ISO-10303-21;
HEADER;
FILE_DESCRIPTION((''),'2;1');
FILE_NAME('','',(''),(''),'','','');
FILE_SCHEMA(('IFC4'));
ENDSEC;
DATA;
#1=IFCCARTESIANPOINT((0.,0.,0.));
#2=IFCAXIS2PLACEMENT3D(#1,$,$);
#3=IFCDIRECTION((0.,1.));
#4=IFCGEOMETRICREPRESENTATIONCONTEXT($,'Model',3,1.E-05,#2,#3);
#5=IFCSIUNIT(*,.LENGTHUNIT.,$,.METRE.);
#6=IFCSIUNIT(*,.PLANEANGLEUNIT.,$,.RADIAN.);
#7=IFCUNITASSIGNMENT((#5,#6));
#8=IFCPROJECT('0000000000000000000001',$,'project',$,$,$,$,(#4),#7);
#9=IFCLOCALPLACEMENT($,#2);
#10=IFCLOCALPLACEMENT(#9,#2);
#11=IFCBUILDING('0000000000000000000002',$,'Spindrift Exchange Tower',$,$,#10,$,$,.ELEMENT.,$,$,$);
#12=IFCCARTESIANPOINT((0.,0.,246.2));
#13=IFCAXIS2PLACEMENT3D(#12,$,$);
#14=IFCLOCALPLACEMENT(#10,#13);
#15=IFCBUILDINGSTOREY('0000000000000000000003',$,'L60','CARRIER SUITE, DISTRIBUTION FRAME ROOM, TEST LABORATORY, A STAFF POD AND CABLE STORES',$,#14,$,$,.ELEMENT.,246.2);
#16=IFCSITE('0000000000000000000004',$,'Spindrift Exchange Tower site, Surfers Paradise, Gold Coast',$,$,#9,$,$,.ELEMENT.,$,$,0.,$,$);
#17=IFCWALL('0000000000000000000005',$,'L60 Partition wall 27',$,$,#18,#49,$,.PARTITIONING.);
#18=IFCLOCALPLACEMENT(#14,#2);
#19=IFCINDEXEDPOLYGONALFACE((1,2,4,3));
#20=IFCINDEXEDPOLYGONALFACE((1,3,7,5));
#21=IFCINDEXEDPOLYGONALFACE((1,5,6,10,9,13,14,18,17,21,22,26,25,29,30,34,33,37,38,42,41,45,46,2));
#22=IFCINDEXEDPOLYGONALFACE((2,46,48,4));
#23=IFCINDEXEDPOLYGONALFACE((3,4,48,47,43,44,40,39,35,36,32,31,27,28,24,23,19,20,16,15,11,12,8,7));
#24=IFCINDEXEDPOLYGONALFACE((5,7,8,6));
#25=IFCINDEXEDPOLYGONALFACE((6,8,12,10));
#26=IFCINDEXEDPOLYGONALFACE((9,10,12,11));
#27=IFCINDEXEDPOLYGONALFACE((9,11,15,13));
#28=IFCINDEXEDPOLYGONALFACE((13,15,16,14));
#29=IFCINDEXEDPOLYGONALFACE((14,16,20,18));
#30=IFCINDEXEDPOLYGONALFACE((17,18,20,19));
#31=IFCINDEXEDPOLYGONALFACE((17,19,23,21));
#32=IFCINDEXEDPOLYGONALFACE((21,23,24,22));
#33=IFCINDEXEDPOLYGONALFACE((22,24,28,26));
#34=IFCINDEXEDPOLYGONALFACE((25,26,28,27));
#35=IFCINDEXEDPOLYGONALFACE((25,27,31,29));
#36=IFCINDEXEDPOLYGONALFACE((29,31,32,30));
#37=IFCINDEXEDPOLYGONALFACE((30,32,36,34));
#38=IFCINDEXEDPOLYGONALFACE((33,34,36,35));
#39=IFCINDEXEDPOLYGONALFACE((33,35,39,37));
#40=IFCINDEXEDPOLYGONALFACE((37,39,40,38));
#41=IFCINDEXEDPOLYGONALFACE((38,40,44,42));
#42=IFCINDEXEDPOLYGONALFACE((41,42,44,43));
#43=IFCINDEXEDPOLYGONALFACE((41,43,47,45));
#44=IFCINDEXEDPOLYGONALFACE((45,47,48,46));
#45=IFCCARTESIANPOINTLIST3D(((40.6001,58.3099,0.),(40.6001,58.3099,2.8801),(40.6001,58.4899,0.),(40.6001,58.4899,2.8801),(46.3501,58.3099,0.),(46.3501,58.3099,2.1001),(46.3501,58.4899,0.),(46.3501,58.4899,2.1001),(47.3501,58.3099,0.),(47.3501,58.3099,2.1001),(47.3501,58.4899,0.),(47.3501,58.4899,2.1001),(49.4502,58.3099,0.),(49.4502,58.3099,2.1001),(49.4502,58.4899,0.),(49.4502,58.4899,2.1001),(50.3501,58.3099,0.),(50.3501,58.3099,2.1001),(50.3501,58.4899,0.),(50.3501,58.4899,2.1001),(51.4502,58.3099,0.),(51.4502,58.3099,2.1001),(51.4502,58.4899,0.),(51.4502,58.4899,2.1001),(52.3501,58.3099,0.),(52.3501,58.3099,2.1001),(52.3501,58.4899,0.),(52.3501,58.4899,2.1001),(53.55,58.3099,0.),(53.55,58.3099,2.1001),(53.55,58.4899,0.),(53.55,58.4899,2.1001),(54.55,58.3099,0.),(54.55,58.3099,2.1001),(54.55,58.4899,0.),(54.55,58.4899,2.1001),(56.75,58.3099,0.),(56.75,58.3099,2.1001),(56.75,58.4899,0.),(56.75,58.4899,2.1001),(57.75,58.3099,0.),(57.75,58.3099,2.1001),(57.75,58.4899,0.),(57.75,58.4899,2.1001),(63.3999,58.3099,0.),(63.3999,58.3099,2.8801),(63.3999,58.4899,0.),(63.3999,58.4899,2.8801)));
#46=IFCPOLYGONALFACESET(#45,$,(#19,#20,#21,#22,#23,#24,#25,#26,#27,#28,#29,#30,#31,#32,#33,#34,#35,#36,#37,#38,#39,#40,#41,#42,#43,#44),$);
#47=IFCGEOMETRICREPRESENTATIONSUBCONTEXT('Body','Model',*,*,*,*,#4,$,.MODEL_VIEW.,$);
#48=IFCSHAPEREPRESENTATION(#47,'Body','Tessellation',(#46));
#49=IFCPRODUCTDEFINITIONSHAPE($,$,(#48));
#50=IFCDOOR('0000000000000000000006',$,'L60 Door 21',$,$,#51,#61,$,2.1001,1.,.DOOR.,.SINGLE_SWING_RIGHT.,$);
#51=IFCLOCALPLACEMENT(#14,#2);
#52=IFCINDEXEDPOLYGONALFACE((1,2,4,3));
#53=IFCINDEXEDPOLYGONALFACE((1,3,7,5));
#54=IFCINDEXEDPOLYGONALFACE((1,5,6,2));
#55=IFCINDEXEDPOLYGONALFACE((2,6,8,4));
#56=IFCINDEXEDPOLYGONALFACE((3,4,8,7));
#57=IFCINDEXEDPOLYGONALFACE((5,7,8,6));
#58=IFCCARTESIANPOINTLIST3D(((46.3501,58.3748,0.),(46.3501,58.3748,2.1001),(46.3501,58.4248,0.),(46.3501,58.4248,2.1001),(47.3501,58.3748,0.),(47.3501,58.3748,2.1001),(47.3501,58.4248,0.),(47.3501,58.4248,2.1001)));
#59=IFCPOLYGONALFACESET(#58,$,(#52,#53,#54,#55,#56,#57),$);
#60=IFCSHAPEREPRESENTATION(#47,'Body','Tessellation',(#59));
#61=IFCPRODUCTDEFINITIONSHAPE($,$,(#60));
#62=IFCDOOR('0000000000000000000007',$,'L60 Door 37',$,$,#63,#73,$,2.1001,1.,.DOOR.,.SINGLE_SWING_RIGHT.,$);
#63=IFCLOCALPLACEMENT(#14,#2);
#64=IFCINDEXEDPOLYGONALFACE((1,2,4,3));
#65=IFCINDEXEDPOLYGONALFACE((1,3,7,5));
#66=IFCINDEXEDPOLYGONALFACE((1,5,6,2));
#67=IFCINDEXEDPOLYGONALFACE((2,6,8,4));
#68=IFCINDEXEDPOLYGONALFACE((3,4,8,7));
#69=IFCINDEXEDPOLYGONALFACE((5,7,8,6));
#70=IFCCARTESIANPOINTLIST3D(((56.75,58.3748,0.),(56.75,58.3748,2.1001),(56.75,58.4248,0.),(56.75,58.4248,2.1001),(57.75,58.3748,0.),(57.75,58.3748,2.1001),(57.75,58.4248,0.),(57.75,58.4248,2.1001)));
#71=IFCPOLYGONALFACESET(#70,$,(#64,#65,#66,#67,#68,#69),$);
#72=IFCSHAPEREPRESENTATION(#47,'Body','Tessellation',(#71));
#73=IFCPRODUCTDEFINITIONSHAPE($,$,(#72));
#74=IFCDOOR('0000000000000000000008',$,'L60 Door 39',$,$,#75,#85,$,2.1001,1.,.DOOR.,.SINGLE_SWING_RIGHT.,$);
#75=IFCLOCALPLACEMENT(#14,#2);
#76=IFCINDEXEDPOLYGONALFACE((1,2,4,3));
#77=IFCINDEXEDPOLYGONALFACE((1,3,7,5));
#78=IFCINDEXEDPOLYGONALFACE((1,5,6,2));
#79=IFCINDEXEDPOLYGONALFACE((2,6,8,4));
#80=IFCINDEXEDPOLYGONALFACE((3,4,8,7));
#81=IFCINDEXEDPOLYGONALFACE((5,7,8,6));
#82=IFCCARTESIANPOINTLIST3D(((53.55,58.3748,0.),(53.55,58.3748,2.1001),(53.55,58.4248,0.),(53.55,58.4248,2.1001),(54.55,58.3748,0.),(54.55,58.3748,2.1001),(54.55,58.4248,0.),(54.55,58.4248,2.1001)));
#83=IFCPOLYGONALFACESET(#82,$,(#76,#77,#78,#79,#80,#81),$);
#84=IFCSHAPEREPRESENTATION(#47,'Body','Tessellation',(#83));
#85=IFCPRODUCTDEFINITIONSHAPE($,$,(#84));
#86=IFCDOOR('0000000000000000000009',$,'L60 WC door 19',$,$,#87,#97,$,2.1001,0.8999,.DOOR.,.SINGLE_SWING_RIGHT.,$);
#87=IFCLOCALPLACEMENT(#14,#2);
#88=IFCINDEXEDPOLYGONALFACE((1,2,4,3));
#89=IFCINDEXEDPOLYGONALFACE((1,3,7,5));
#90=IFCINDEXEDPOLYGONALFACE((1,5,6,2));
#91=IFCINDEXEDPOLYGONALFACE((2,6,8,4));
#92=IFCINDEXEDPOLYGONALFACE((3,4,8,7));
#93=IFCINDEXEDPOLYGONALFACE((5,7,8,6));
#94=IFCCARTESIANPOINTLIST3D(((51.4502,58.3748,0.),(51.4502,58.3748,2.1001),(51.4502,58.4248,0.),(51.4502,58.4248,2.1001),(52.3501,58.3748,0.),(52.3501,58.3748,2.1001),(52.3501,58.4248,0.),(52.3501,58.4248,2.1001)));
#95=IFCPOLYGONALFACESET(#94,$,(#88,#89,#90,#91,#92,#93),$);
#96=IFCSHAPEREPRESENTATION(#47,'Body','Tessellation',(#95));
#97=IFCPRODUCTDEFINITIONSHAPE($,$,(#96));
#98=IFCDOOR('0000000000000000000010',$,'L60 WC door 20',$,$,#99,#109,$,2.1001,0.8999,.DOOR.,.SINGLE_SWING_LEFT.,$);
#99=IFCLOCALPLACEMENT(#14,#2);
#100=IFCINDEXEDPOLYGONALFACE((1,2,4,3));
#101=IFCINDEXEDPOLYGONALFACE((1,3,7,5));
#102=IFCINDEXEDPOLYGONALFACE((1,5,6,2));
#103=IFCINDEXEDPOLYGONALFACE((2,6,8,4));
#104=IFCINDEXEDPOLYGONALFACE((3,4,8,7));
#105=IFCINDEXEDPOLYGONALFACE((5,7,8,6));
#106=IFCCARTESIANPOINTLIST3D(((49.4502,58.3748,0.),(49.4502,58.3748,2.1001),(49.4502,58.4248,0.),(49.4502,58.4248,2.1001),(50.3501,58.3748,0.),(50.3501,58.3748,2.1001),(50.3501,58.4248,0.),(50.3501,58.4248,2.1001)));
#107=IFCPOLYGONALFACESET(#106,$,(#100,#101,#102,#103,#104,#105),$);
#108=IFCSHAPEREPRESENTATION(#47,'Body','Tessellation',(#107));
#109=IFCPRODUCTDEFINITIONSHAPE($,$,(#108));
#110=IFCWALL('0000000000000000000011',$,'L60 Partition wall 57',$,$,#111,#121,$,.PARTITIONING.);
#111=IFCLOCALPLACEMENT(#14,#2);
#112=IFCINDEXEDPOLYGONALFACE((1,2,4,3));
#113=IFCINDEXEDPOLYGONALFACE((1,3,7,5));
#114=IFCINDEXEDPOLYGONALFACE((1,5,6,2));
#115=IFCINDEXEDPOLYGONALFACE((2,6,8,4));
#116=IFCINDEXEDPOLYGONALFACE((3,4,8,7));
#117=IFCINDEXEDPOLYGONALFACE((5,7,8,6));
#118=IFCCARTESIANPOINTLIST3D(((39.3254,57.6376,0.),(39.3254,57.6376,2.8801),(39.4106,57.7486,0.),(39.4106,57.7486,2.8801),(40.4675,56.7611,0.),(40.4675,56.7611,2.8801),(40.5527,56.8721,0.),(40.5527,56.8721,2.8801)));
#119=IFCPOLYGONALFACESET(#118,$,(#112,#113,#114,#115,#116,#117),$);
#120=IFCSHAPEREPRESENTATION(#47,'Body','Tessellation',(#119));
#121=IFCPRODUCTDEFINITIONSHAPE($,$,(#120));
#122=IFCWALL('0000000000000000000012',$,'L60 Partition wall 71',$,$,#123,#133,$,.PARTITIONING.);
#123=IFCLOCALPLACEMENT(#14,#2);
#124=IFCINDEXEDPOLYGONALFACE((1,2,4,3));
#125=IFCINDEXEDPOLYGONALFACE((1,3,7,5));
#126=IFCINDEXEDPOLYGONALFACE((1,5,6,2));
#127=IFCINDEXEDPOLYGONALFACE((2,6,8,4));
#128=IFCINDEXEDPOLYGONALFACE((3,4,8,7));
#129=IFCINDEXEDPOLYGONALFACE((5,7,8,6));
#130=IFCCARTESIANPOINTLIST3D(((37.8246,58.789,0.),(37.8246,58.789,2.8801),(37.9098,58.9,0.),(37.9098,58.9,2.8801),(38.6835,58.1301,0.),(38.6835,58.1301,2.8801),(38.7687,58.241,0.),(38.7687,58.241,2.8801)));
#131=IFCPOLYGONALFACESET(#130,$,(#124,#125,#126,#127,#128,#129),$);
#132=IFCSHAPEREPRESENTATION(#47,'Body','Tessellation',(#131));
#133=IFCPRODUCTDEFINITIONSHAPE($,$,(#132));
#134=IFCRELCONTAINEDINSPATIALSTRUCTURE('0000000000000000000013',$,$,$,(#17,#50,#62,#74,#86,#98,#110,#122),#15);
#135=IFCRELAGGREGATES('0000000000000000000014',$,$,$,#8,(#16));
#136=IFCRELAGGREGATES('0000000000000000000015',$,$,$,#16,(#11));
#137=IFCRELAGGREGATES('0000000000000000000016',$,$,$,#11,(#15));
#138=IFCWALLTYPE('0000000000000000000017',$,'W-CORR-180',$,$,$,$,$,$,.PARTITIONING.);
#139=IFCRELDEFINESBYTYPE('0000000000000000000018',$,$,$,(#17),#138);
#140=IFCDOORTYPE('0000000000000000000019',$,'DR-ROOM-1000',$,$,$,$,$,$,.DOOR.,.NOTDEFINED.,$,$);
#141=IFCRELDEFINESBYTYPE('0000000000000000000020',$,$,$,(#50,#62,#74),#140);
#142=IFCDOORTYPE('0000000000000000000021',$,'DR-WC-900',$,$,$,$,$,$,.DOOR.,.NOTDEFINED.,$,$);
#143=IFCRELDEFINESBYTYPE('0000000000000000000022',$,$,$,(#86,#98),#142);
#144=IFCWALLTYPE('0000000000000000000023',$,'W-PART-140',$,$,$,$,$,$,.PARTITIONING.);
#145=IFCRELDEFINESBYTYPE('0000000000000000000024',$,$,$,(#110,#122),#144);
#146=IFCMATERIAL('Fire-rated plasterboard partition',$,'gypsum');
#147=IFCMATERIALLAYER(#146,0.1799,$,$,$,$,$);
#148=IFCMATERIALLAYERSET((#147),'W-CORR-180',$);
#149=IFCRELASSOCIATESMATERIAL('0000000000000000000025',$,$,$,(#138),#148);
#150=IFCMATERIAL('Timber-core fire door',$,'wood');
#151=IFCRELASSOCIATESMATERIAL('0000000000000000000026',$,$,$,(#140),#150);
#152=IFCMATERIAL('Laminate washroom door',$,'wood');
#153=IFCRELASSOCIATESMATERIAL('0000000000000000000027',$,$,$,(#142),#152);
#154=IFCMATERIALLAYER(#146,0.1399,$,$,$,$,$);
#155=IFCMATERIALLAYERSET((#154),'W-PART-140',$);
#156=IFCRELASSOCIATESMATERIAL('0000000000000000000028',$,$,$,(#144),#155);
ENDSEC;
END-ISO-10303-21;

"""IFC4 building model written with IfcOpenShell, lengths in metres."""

from ifc_helpers import new_model, si_unit, direction, frame, frame_2d, origin, place, context, subcontext, project, spatial, rectangle, extrude, source, transform, mapped, material, layer, layer_set, type_object, element, fill, save


model = new_model("IFC4")

# Units and contexts
model_context = context("Model", 3, precision=1e-05, world=origin(), true_north=direction((0.0, 1.0)))
body_context = subcontext(model_context, "Body", "Model", "MODEL_VIEW")
ifc_project = project(units=[si_unit("LENGTHUNIT", "METRE"), si_unit("PLANEANGLEUNIT", "RADIAN")], contexts=[model_context])

# Site, building, storey
site_placement = place(None, origin())
site = spatial("IfcSite", under=ifc_project, at=site_placement, Name="Spindrift Exchange Tower site, Surfers Paradise, Gold Coast", CompositionType="ELEMENT", RefElevation=0.0)
building_placement = place(site_placement, origin())
building = spatial("IfcBuilding", under=site, at=building_placement, Name="Spindrift Exchange Tower", CompositionType="ELEMENT")
storey_placement = place(building_placement, frame((0.0, 0.0, 246.2)))
storey = spatial("IfcBuildingStorey", under=building, at=storey_placement, Name="L60", Description="CARRIER SUITE, DISTRIBUTION FRAME ROOM, TEST LABORATORY, A STAFF POD AND CABLE STORES", CompositionType="ELEMENT", Elevation=246.2)

# Wall, openings, doors
ifc_material_1 = material(Name="Fire-rated plasterboard partition", Category="gypsum")
ifc_layer_1 = layer(ifc_material_1, 0.1799)
ifc_layer_set_1 = layer_set([ifc_layer_1], Name="W-CORR-180")
wall_type_1 = type_object("IfcWallType", Name="W-CORR-180", PredefinedType="PARTITIONING", material=ifc_layer_set_1)
wall_1_placement = place(storey_placement, frame((40.6001, 58.3999, 0.0), z_axis=(0.0, 0.0, 1.0), x_axis=(1.0, 0.0, 0.0)))
wall_1 = element("IfcWall", 1, at=wall_1_placement, inside=storey, type_object=wall_type_1, Name="L60 Partition wall 27", PredefinedType="PARTITIONING", context=body_context, shape_type="SweptSolid", body=[
    extrude(rectangle(XDim=22.7998, YDim=0.1799, at=frame_2d((11.3999, 0.0))), origin(), (0.0, 0.0, 1.0), 2.8801),
])
opening_1_placement = place(wall_1_placement, frame((10.8501, 0.0, 0.0)))
opening_1 = element("IfcOpeningElement", 2, at=opening_1_placement, cuts=wall_1, PredefinedType="OPENING", context=body_context, shape_type="SweptSolid", body=[
    extrude(rectangle(XDim=0.8999, YDim=2.1001, at=frame_2d((0.45, 1.05))), frame((0.0, 0.0999, 0.0), z_axis=(0.0, -1.0, 0.0), x_axis=(1.0, 0.0, 0.0)), (0.0, 0.0, 1.0), 0.2),
])
opening_2_placement = place(wall_1_placement, frame((8.8501, 0.0, 0.0)))
opening_2 = element("IfcOpeningElement", 3, at=opening_2_placement, cuts=wall_1, PredefinedType="OPENING", context=body_context, shape_type="SweptSolid", body=[
    extrude(rectangle(XDim=0.8999, YDim=2.1001, at=frame_2d((0.45, 1.05))), frame((0.0, 0.0999, 0.0), z_axis=(0.0, -1.0, 0.0), x_axis=(1.0, 0.0, 0.0)), (0.0, 0.0, 1.0), 0.2),
])
opening_3_placement = place(wall_1_placement, frame((5.75, 0.0, 0.0)))
opening_3 = element("IfcOpeningElement", 4, at=opening_3_placement, cuts=wall_1, PredefinedType="OPENING", context=body_context, shape_type="SweptSolid", body=[
    extrude(rectangle(XDim=1.0, YDim=2.1001, at=frame_2d((0.5, 1.05))), frame((0.0, 0.0999, 0.0), z_axis=(0.0, -1.0, 0.0), x_axis=(1.0, 0.0, 0.0)), (0.0, 0.0, 1.0), 0.2),
])
opening_4_placement = place(wall_1_placement, frame((16.1499, 0.0, 0.0)))
opening_4 = element("IfcOpeningElement", 5, at=opening_4_placement, cuts=wall_1, PredefinedType="OPENING", context=body_context, shape_type="SweptSolid", body=[
    extrude(rectangle(XDim=1.0, YDim=2.1001, at=frame_2d((0.5, 1.05))), frame((0.0, 0.0999, 0.0), z_axis=(0.0, -1.0, 0.0), x_axis=(1.0, 0.0, 0.0)), (0.0, 0.0, 1.0), 0.2),
])
opening_5_placement = place(wall_1_placement, frame((12.95, 0.0, 0.0)))
opening_5 = element("IfcOpeningElement", 6, at=opening_5_placement, cuts=wall_1, PredefinedType="OPENING", context=body_context, shape_type="SweptSolid", body=[
    extrude(rectangle(XDim=1.0, YDim=2.1001, at=frame_2d((0.5, 1.05))), frame((0.0, 0.0999, 0.0), z_axis=(0.0, -1.0, 0.0), x_axis=(1.0, 0.0, 0.0)), (0.0, 0.0, 1.0), 0.2),
])
ifc_material_2 = material(Name="Timber-core fire door", Category="wood")
door_type_1 = type_object("IfcDoorType", Name="DR-ROOM-1000", OperationType="NOTDEFINED", PredefinedType="DOOR", material=ifc_material_2)
shared_shape_1 = source(origin(), body_context, "Body", "SweptSolid", [
    extrude(rectangle(XDim=1.0, YDim=2.1001, at=frame_2d((0.5, 1.05))), frame((0.0, 0.0249, 0.0), z_axis=(0.0, -1.0, 0.0), x_axis=(1.0, 0.0, 0.0)), (0.0, 0.0, 1.0), 0.05),
])
door_1_placement = place(opening_3_placement, origin())
door_1 = element("IfcDoor", 7, at=door_1_placement, inside=storey, type_object=door_type_1, Name="L60 Door 21", OperationType="SINGLE_SWING_RIGHT", OverallHeight=2.1001, OverallWidth=1.0, PredefinedType="DOOR", context=body_context, shape_type="MappedRepresentation", body=[
    mapped(shared_shape_1, transform((0.0, 0.0, 0.0), scale=1.0)),
])
fill(opening_3, door_1)
door_2_placement = place(opening_4_placement, origin())
door_2 = element("IfcDoor", 8, at=door_2_placement, inside=storey, type_object=door_type_1, Name="L60 Door 37", OperationType="SINGLE_SWING_RIGHT", OverallHeight=2.1001, OverallWidth=1.0, PredefinedType="DOOR", context=body_context, shape_type="MappedRepresentation", body=[
    mapped(shared_shape_1, transform((0.0, 0.0, 0.0), scale=1.0)),
])
fill(opening_4, door_2)
door_3_placement = place(opening_5_placement, origin())
door_3 = element("IfcDoor", 9, at=door_3_placement, inside=storey, type_object=door_type_1, Name="L60 Door 39", OperationType="SINGLE_SWING_RIGHT", OverallHeight=2.1001, OverallWidth=1.0, PredefinedType="DOOR", context=body_context, shape_type="MappedRepresentation", body=[
    mapped(shared_shape_1, transform((0.0, 0.0, 0.0), scale=1.0)),
])
fill(opening_5, door_3)
ifc_material_3 = material(Name="Laminate washroom door", Category="wood")
door_type_2 = type_object("IfcDoorType", Name="DR-WC-900", OperationType="NOTDEFINED", PredefinedType="DOOR", material=ifc_material_3)
shared_shape_2 = source(origin(), body_context, "Body", "SweptSolid", [
    extrude(rectangle(XDim=0.8999, YDim=2.1001, at=frame_2d((0.45, 1.05))), frame((0.0, 0.0249, 0.0), z_axis=(0.0, -1.0, 0.0), x_axis=(1.0, 0.0, 0.0)), (0.0, 0.0, 1.0), 0.05),
])
door_4_placement = place(opening_1_placement, origin())
door_4 = element("IfcDoor", 10, at=door_4_placement, inside=storey, type_object=door_type_2, Name="L60 WC door 19", OperationType="SINGLE_SWING_RIGHT", OverallHeight=2.1001, OverallWidth=0.8999, PredefinedType="DOOR", context=body_context, shape_type="MappedRepresentation", body=[
    mapped(shared_shape_2, transform((0.0, 0.0, 0.0), scale=1.0)),
])
fill(opening_1, door_4)
door_5_placement = place(opening_2_placement, origin())
door_5 = element("IfcDoor", 11, at=door_5_placement, inside=storey, type_object=door_type_2, Name="L60 WC door 20", OperationType="SINGLE_SWING_LEFT", OverallHeight=2.1001, OverallWidth=0.8999, PredefinedType="DOOR", context=body_context, shape_type="MappedRepresentation", body=[
    mapped(shared_shape_2, transform((0.0, 0.0, 0.0), scale=1.0)),
])
fill(opening_2, door_5)

# Walls
ifc_layer_2 = layer(ifc_material_1, 0.1399)
ifc_layer_set_2 = layer_set([ifc_layer_2], Name="W-PART-140")
wall_type_2 = type_object("IfcWallType", Name="W-PART-140", PredefinedType="PARTITIONING", material=ifc_layer_set_2)
wall_2_placement = place(storey_placement, frame((40.51, 56.8167, 0.0), z_axis=(0.0, 0.0, 1.0), x_axis=(-0.793317, 0.608809, 0.0)))
element("IfcWall", 12, at=wall_2_placement, inside=storey, type_object=wall_type_2, Name="L60 Partition wall 57", PredefinedType="PARTITIONING", context=body_context, shape_type="SweptSolid", body=[
    extrude(rectangle(XDim=1.4397, YDim=0.1399, at=frame_2d((0.7197, 0.0))), origin(), (0.0, 0.0, 1.0), 2.8801),
])
wall_3_placement = place(storey_placement, frame((38.7261, 58.1855, 0.0), z_axis=(0.0, 0.0, 1.0), x_axis=(-0.793403, 0.608697, 0.0)))
element("IfcWall", 13, at=wall_3_placement, inside=storey, type_object=wall_type_2, Name="L60 Partition wall 71", PredefinedType="PARTITIONING", context=body_context, shape_type="SweptSolid", body=[
    extrude(rectangle(XDim=1.0825, YDim=0.1399, at=frame_2d((0.5413, 0.0))), origin(), (0.0, 0.0, 1.0), 2.8801),
])

save(model, "model.ifc")
